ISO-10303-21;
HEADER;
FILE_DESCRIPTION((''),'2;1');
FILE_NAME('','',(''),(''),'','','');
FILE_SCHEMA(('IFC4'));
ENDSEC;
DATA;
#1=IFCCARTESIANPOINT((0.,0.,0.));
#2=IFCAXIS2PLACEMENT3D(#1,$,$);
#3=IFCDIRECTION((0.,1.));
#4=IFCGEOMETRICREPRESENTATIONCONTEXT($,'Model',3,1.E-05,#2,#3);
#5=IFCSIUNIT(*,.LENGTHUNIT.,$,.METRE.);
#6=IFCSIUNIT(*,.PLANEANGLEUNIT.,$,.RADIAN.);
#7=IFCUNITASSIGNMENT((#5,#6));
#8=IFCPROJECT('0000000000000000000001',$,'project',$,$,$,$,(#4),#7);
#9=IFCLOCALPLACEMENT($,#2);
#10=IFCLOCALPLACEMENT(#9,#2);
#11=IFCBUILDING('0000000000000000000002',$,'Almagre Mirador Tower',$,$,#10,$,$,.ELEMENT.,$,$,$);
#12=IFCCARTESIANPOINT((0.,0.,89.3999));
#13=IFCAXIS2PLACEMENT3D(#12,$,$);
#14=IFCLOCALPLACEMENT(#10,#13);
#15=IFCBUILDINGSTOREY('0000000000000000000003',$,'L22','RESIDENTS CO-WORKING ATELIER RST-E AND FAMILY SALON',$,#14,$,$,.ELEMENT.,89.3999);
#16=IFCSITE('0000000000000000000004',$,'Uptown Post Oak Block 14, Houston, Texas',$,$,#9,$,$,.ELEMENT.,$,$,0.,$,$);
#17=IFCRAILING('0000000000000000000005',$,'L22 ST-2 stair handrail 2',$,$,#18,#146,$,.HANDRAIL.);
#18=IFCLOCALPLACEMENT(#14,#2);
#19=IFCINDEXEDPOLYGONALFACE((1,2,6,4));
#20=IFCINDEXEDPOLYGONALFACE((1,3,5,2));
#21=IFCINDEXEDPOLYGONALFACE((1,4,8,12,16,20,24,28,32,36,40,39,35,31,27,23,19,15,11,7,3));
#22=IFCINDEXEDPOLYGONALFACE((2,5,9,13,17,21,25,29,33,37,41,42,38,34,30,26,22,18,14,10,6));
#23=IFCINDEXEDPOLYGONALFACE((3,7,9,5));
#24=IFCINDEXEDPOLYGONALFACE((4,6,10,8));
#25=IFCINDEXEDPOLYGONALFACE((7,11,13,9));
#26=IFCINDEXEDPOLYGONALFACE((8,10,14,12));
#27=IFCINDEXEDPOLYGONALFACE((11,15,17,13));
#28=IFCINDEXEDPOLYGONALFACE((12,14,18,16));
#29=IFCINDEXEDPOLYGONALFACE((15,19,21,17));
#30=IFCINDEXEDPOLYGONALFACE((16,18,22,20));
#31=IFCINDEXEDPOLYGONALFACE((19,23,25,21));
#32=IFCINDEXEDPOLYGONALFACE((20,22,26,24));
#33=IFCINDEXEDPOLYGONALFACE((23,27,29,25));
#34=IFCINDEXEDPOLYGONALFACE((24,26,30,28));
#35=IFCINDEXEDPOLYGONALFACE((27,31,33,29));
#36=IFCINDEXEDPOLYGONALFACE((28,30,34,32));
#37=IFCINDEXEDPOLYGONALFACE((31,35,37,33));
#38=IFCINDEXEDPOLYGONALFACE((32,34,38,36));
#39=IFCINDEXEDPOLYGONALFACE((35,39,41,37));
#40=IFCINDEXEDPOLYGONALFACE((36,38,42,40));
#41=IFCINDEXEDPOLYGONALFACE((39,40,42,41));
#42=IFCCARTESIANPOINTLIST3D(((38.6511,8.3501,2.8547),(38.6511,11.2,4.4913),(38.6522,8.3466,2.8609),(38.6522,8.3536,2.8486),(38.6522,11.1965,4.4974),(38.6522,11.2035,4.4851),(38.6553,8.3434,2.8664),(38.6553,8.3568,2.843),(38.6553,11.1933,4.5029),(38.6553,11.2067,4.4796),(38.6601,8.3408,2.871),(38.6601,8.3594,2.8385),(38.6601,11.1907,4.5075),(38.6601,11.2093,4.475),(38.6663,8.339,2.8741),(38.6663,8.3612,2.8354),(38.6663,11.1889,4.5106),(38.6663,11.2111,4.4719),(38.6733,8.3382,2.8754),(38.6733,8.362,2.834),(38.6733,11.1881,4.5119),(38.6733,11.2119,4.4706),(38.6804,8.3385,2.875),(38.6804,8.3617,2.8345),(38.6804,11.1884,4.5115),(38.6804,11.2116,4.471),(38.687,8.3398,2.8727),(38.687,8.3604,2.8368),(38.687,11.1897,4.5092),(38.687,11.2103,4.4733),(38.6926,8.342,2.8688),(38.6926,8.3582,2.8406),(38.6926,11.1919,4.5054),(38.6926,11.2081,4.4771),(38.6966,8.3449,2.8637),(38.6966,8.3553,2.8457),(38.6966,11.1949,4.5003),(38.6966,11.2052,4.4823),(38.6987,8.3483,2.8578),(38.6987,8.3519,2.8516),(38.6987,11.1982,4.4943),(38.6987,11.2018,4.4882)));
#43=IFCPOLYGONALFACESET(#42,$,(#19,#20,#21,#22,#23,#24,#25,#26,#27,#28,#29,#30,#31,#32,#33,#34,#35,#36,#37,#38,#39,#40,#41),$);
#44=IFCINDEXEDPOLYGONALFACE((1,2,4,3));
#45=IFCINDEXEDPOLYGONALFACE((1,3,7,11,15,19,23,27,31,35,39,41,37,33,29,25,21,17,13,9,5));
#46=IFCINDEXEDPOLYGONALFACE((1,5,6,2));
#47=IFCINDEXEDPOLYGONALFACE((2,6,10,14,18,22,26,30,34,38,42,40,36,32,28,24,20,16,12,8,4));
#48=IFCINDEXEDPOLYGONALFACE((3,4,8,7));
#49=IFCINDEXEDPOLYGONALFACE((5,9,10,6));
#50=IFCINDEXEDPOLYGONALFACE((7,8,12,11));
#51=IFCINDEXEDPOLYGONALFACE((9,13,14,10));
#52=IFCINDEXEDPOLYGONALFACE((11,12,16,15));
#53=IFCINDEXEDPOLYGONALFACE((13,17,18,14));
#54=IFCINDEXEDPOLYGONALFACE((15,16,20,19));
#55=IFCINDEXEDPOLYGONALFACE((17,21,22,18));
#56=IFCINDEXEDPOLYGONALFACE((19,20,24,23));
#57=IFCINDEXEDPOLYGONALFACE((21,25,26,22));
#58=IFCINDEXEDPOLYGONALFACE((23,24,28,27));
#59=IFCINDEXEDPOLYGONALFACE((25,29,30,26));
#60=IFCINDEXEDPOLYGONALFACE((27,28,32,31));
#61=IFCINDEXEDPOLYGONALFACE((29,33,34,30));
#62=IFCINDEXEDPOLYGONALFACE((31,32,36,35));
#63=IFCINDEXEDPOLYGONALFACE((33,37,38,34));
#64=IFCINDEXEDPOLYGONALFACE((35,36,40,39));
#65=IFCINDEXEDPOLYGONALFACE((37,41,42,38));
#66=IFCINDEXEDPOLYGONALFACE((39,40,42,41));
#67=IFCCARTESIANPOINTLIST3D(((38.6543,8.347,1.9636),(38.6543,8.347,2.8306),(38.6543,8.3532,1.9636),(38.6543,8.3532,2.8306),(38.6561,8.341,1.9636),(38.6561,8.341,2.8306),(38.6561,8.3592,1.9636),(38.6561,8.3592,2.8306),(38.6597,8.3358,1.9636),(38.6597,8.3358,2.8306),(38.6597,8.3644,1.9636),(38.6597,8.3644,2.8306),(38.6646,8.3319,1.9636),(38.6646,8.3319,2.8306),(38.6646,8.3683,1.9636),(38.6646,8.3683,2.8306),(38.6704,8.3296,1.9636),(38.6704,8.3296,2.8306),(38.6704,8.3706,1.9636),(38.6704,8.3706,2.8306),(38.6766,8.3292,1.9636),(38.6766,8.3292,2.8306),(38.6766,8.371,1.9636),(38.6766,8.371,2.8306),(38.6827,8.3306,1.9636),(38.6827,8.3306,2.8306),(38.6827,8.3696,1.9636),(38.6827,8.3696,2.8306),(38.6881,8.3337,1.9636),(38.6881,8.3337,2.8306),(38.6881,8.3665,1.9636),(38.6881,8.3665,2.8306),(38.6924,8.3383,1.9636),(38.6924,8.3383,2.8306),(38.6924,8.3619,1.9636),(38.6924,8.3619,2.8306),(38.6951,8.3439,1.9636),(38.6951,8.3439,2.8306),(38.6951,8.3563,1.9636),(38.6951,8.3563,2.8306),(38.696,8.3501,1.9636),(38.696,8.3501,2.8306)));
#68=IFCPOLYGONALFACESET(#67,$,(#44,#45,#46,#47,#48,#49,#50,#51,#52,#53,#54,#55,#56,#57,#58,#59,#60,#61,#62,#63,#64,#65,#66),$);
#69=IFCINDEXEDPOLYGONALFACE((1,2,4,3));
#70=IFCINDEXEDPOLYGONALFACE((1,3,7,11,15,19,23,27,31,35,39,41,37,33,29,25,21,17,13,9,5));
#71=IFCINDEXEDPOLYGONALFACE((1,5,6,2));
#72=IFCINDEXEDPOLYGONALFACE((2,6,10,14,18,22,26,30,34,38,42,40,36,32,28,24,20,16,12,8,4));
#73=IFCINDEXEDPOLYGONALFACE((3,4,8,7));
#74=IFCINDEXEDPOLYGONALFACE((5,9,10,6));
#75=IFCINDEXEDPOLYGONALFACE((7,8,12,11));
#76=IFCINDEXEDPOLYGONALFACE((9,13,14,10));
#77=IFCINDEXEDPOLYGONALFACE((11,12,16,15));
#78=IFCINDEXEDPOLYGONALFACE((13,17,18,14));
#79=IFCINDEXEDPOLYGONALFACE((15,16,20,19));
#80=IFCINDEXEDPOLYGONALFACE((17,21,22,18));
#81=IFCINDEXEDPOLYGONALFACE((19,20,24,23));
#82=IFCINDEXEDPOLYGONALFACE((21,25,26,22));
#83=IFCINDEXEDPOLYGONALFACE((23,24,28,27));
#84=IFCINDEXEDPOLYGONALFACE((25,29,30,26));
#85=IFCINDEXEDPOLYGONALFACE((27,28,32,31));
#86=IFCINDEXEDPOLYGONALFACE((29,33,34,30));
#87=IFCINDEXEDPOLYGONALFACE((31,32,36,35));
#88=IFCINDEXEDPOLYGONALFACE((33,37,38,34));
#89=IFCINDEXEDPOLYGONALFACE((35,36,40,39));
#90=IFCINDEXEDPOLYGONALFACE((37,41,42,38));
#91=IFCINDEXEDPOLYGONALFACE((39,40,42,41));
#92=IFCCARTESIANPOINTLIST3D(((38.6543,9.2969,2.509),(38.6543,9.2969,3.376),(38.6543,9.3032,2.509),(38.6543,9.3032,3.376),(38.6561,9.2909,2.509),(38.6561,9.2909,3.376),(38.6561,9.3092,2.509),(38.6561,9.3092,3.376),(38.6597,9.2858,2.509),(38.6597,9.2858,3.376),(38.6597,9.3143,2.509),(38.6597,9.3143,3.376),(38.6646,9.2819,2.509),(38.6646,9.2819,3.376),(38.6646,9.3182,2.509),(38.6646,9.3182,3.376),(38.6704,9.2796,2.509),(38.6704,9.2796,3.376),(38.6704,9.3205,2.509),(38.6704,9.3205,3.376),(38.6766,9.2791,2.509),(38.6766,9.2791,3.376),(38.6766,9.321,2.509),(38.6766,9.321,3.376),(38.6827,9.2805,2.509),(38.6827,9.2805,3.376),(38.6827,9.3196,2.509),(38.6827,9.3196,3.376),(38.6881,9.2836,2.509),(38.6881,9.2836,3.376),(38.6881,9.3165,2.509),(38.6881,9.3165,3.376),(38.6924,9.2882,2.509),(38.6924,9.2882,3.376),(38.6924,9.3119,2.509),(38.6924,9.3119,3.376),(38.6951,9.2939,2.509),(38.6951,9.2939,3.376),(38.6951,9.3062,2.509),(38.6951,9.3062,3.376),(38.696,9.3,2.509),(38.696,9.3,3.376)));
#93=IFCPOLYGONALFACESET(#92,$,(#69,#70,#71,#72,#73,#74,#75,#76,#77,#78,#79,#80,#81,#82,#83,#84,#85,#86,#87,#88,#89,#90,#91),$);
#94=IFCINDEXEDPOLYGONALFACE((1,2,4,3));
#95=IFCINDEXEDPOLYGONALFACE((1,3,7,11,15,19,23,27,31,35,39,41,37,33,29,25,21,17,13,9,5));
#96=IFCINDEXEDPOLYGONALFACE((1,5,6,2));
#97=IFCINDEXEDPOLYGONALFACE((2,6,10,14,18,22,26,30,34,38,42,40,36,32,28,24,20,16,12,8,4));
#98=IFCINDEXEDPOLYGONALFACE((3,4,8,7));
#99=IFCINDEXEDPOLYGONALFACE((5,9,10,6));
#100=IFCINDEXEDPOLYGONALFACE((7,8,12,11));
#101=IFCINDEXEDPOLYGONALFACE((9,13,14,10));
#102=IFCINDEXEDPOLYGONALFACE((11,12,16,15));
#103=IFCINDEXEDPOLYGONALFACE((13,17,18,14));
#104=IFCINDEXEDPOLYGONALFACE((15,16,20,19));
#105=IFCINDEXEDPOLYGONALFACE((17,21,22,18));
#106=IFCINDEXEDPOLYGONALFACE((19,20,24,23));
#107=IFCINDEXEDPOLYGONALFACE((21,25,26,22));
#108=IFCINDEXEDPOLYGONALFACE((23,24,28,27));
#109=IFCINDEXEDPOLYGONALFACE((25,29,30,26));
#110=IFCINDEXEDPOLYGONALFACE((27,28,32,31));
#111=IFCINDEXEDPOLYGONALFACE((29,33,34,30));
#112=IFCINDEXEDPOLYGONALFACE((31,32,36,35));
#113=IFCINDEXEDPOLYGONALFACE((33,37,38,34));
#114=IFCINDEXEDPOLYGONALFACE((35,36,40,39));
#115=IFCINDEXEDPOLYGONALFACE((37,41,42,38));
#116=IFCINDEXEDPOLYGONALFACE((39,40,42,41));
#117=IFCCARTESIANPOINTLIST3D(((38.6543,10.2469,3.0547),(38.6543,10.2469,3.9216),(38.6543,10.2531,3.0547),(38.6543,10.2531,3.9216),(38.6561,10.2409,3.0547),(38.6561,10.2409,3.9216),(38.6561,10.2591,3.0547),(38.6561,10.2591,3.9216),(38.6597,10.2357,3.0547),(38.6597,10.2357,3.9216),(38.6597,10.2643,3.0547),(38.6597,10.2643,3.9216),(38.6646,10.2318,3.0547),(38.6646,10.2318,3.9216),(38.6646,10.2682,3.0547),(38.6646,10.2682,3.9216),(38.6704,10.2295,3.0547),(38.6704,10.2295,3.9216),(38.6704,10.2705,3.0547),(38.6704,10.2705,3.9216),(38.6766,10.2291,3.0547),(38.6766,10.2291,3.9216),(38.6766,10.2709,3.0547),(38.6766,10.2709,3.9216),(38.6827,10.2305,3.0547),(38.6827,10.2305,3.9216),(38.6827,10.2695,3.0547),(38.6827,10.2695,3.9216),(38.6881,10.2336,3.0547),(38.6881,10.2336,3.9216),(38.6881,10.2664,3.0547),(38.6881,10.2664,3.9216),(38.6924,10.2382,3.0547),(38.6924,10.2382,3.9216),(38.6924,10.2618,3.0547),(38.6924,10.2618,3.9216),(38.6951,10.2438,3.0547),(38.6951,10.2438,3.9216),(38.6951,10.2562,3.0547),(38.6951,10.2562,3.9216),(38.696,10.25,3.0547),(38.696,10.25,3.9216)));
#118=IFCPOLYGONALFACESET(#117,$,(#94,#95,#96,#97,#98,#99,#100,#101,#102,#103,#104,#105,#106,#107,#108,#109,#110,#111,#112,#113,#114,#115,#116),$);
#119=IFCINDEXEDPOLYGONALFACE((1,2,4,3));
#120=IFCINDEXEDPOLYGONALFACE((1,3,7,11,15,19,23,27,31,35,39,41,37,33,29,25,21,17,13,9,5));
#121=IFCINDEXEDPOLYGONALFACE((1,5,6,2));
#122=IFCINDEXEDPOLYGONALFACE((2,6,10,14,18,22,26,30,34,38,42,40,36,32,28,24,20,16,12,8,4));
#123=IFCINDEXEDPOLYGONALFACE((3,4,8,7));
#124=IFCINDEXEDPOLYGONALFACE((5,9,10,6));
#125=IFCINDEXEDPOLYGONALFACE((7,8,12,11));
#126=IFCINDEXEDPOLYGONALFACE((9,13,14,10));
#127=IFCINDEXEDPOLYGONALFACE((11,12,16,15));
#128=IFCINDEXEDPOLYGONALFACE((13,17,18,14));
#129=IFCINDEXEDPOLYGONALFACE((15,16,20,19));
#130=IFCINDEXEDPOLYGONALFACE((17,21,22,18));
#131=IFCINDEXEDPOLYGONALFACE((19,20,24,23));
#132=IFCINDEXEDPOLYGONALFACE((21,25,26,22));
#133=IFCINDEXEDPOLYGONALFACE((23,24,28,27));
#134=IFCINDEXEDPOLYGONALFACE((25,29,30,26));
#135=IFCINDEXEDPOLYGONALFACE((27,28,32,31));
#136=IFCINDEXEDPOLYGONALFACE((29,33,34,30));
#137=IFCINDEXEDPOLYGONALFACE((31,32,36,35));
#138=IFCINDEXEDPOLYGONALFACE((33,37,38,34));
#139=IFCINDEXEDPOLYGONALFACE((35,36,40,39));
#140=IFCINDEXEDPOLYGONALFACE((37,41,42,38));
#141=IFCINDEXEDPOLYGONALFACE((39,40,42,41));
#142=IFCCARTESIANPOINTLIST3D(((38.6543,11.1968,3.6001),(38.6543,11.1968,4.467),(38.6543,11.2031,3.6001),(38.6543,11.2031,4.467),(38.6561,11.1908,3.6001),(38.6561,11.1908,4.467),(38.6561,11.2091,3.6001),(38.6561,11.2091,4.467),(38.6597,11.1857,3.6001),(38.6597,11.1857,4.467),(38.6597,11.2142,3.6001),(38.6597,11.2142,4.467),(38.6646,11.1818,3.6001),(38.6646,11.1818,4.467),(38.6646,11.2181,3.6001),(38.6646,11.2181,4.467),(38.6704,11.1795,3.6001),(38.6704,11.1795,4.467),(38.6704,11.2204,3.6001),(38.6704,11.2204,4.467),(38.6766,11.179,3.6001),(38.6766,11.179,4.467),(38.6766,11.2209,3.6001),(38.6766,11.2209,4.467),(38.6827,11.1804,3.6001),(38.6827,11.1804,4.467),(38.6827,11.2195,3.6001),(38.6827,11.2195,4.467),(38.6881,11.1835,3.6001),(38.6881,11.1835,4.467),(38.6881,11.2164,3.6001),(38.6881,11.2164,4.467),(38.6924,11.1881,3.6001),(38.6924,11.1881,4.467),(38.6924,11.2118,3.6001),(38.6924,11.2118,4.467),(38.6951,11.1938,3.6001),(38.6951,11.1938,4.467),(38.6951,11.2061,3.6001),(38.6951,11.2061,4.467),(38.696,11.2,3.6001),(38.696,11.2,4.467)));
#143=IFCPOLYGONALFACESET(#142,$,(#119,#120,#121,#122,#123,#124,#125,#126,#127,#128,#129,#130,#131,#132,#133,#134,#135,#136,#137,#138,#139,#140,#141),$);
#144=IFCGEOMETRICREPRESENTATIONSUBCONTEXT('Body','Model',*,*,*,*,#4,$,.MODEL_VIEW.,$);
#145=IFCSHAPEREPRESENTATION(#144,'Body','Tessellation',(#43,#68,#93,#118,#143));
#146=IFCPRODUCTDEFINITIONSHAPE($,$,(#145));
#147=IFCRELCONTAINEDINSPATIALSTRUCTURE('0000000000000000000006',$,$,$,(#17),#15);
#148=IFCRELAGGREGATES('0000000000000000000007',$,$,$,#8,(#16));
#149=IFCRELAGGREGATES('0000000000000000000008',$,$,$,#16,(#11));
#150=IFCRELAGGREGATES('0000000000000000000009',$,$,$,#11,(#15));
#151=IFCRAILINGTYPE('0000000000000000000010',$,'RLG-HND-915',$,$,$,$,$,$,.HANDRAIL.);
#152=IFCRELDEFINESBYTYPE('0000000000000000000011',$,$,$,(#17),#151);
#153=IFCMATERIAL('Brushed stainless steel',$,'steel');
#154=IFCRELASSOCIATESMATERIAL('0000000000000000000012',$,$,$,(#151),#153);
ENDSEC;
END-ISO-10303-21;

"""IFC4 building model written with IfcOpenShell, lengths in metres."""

from ifc_helpers import new_model, si_unit, direction, frame, origin, origin_2d, place, context, subcontext, project, spatial, circle, extrude, material, type_object, element, save


model = new_model("IFC4")

# Units and contexts
model_context = context("Model", 3, precision=1e-05, world=origin(), true_north=direction((0.0, 1.0)))
body_context = subcontext(model_context, "Body", "Model", "MODEL_VIEW")
ifc_project = project(units=[si_unit("LENGTHUNIT", "METRE"), si_unit("PLANEANGLEUNIT", "RADIAN")], contexts=[model_context])

# Site, building, storey
site_placement = place(None, origin())
site = spatial("IfcSite", under=ifc_project, at=site_placement, Name="Uptown Post Oak Block 14, Houston, Texas", CompositionType="ELEMENT", RefElevation=0.0)
building_placement = place(site_placement, origin())
building = spatial("IfcBuilding", under=site, at=building_placement, Name="Almagre Mirador Tower", CompositionType="ELEMENT")
storey_placement = place(building_placement, frame((0.0, 0.0, 89.3999)))
storey = spatial("IfcBuildingStorey", under=building, at=storey_placement, Name="L22", Description="RESIDENTS CO-WORKING ATELIER RST-E AND FAMILY SALON", CompositionType="ELEMENT", Elevation=89.3999)

# Railing
ifc_material_1 = material(Name="Brushed stainless steel", Category="steel")
railing_type_1 = type_object("IfcRailingType", Name="RLG-HND-915", PredefinedType="HANDRAIL", material=ifc_material_1)
railing_1_placement = place(storey_placement, frame((38.675, 8.3501, 1.9636)))
element("IfcRailing", 1, at=railing_1_placement, inside=storey, type_object=railing_type_1, Name="L22 ST-2 stair handrail 2", PredefinedType="HANDRAIL", context=body_context, shape_type="SweptSolid", body=[
    extrude(circle(Radius=0.0239, at=origin_2d()), frame((0.0, 0.0, 0.8911), z_axis=(0.0, 0.867194, 0.49797), x_axis=(-1.0, 0.0, 0.0)), (0.0, 0.0, 1.0), 3.2864),
    extrude(circle(Radius=0.021, at=origin_2d()), origin(), (0.0, 0.0, 1.0), 0.8669),
    extrude(circle(Radius=0.021, at=origin_2d()), frame((0.0, 0.95, 0.5454)), (0.0, 0.0, 1.0), 0.8669),
    extrude(circle(Radius=0.021, at=origin_2d()), frame((0.0, 1.8999, 1.0911)), (0.0, 0.0, 1.0), 0.8669),
    extrude(circle(Radius=0.021, at=origin_2d()), frame((0.0, 2.8499, 1.6365)), (0.0, 0.0, 1.0), 0.8669),
])

save(model, "model.ifc")
